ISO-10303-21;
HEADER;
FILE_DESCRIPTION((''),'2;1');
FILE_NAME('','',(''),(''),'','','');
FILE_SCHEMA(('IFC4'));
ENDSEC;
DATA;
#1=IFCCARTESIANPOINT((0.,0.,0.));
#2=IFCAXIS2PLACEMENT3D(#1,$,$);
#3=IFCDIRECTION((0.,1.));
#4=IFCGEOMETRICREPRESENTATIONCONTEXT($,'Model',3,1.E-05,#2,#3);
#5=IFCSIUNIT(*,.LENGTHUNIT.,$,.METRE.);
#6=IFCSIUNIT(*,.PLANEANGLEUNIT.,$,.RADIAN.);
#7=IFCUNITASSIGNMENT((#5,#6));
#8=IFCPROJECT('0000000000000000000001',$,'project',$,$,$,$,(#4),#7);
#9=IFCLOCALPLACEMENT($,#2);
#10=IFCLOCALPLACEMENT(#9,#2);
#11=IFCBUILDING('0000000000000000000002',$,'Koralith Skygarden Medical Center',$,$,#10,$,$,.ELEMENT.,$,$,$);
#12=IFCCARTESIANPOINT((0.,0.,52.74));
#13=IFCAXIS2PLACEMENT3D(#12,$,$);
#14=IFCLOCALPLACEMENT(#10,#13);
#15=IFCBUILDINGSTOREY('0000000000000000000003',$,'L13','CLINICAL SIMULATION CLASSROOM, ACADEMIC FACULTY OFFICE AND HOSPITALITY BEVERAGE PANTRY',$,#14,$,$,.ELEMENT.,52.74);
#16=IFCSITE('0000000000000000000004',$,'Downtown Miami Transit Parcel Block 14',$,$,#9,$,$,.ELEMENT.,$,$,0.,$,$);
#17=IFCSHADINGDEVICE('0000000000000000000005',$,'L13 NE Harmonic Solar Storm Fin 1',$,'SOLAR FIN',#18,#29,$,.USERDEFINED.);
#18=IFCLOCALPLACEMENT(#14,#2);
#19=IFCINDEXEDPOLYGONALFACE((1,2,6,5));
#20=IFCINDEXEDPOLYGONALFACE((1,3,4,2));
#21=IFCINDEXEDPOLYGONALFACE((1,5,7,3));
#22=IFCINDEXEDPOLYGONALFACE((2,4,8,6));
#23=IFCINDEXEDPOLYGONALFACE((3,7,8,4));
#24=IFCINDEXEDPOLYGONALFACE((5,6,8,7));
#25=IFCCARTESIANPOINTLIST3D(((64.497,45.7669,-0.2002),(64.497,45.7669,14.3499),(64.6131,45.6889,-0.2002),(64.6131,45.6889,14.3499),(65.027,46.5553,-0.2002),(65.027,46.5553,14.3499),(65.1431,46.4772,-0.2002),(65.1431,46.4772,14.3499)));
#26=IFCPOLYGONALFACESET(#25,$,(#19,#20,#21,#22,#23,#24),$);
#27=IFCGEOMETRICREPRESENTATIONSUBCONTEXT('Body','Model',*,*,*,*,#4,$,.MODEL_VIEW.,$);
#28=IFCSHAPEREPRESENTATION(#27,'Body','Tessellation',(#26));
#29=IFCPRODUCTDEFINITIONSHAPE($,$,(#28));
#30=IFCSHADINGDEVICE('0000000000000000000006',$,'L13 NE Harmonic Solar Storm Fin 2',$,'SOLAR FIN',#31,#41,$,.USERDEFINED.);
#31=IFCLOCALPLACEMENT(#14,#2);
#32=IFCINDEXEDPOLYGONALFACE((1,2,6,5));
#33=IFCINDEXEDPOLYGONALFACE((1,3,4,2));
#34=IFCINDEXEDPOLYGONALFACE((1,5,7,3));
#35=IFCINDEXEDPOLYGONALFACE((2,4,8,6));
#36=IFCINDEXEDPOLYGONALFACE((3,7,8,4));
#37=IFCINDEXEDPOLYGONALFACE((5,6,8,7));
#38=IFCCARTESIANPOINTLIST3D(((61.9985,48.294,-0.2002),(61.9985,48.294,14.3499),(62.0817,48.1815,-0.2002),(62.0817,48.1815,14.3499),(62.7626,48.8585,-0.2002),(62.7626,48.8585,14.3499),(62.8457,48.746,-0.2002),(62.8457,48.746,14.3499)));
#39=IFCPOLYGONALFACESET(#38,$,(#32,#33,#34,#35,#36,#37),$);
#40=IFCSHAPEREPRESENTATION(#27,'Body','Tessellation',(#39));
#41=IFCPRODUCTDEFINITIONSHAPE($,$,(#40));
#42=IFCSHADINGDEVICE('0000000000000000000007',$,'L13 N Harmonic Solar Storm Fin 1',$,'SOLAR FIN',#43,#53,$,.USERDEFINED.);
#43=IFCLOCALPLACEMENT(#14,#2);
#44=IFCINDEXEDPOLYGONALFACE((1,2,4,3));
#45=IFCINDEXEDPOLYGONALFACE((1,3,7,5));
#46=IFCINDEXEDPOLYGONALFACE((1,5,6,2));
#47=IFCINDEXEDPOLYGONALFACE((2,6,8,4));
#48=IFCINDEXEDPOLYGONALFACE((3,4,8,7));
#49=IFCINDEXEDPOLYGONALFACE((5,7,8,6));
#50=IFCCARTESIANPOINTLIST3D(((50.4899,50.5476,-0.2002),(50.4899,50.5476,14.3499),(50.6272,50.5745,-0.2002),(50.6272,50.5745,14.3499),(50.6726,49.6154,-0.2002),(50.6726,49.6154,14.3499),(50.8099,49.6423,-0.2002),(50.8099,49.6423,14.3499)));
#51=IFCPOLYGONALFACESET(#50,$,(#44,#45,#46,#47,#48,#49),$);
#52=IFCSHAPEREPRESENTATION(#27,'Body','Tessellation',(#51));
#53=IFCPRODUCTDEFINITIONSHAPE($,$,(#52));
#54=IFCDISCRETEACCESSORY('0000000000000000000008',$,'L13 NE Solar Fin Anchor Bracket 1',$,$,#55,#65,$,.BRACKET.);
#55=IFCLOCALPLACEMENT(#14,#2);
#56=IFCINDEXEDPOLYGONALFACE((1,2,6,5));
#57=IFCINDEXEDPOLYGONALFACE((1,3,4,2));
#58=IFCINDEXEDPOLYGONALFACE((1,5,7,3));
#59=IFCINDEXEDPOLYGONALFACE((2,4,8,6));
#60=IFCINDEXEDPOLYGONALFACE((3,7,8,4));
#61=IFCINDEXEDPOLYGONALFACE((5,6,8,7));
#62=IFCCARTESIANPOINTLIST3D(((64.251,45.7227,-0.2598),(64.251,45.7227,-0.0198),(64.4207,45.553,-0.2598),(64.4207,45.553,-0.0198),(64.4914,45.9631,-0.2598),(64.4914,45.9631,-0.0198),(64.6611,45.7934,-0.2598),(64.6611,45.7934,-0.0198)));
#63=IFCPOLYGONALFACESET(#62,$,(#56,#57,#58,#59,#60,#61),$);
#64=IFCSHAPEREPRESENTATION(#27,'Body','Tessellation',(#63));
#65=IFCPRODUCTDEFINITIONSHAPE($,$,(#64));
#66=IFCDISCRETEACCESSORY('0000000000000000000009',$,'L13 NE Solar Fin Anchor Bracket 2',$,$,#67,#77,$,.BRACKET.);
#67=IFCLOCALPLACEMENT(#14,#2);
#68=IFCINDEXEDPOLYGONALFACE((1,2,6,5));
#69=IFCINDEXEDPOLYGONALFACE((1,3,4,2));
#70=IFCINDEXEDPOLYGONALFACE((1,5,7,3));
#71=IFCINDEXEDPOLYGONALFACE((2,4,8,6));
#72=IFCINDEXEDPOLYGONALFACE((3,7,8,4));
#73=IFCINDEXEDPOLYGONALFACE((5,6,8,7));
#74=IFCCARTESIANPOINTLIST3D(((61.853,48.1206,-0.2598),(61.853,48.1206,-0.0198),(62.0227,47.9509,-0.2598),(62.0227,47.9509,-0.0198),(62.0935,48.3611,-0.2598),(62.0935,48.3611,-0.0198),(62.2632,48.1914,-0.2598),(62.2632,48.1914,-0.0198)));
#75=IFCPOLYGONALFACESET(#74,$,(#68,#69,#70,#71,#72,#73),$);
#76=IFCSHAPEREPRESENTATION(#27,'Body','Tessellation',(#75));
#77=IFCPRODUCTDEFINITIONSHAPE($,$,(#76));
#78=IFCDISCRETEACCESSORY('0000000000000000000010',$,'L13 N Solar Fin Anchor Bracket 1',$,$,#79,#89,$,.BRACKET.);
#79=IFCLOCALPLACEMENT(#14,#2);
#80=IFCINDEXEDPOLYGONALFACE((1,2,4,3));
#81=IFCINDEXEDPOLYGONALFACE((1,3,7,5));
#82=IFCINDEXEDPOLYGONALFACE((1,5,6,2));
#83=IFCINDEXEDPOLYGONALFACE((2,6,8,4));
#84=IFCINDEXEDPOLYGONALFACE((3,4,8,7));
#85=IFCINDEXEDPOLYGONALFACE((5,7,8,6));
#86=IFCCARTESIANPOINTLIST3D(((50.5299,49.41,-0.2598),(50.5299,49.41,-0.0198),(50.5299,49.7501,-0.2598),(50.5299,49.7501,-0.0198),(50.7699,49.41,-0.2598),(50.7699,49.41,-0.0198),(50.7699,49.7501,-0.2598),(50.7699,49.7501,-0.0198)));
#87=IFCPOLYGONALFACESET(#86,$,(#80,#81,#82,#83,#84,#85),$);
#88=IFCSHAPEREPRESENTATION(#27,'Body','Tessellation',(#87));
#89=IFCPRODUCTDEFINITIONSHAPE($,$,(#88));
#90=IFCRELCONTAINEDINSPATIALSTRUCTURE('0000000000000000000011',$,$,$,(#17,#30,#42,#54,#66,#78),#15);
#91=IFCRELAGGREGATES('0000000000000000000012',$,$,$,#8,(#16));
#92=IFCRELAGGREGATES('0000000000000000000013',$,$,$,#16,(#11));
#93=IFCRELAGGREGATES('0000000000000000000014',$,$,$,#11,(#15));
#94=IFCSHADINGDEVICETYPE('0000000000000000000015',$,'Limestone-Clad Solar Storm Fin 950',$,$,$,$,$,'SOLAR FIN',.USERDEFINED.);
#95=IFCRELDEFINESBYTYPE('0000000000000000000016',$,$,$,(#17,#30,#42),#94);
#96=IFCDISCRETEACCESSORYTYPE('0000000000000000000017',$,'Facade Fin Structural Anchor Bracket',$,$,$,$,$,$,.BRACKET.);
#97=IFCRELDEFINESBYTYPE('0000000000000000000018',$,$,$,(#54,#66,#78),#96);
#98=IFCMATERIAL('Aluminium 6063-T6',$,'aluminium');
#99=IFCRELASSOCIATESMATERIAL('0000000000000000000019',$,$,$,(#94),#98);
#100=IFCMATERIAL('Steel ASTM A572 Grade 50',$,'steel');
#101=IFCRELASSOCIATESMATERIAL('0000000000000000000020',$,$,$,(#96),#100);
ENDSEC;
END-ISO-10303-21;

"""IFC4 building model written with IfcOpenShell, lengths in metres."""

from ifc_helpers import new_model, si_unit, direction, frame, origin, origin_2d, place, context, subcontext, project, spatial, rectangle, extrude, material, type_object, element, save


model = new_model("IFC4")

# Units and contexts
model_context = context("Model", 3, precision=1e-05, world=origin(), true_north=direction((0.0, 1.0)))
body_context = subcontext(model_context, "Body", "Model", "MODEL_VIEW")
ifc_project = project(units=[si_unit("LENGTHUNIT", "METRE"), si_unit("PLANEANGLEUNIT", "RADIAN")], contexts=[model_context])

# Site, building, storey
site_placement = place(None, origin())
site = spatial("IfcSite", under=ifc_project, at=site_placement, Name="Downtown Miami Transit Parcel Block 14", CompositionType="ELEMENT", RefElevation=0.0)
building_placement = place(site_placement, origin())
building = spatial("IfcBuilding", under=site, at=building_placement, Name="Koralith Skygarden Medical Center", CompositionType="ELEMENT")
storey_placement = place(building_placement, frame((0.0, 0.0, 52.74)))
storey = spatial("IfcBuildingStorey", under=building, at=storey_placement, Name="L13", Description="CLINICAL SIMULATION CLASSROOM, ACADEMIC FACULTY OFFICE AND HOSPITALITY BEVERAGE PANTRY", CompositionType="ELEMENT", Elevation=52.74)

# Shared definitions
ifc_material_1 = material(Name="Aluminium 6063-T6", Category="aluminium")

# Shading devices
shading_device_type = type_object("IfcShadingDeviceType", Name="Limestone-Clad Solar Storm Fin 950", ElementType="SOLAR FIN", PredefinedType="USERDEFINED", material=ifc_material_1)
for number, where, z_axis, x_axis, name in (
    (1, (64.8201, 46.1221, -0.2002), (0.0, 0.0, 1.0), (0.557977, 0.829857, 0.0), "L13 NE Harmonic Solar Storm Fin 1"),
    (2, (62.4221, 48.52, -0.2002), (0.0, 0.0, 1.0), (0.804303, 0.594219, 0.0), "L13 NE Harmonic Solar Storm Fin 2"),
    (3, (50.6499, 50.095, -0.2002), (0.0, 0.0, 1.0), (-0.192248, 0.981346, 0.0), "L13 N Harmonic Solar Storm Fin 1"),
):
    element("IfcShadingDevice", number, at=place(storey_placement, frame(where, z_axis=z_axis, x_axis=x_axis)), inside=storey, type_object=shading_device_type, Name=name, ObjectType="SOLAR FIN", PredefinedType="USERDEFINED", context=body_context, shape_type="SweptSolid", body=[
        extrude(rectangle(XDim=0.95, YDim=0.1399, at=origin_2d()), origin(), (0.0, 0.0, 1.0), 14.55),
    ])

# Discrete accessories
ifc_material_2 = material(Name="Steel ASTM A572 Grade 50", Category="steel")
discrete_accessory_type = type_object("IfcDiscreteAccessoryType", Name="Facade Fin Structural Anchor Bracket", PredefinedType="BRACKET", material=ifc_material_2)
for number, where, z_axis, x_axis, name in (
    (4, (64.4561, 45.7581, -0.2598), (0.0, 0.0, 1.0), (0.707107, 0.707107, 0.0), "L13 NE Solar Fin Anchor Bracket 1"),
    (5, (62.0581, 48.156, -0.2598), (0.0, 0.0, 1.0), (0.707107, 0.707107, 0.0), "L13 NE Solar Fin Anchor Bracket 2"),
    (6, (50.6499, 49.5801, -0.2598), (0.0, 0.0, 1.0), (0.0, 1.0, 0.0), "L13 N Solar Fin Anchor Bracket 1"),
):
    element("IfcDiscreteAccessory", number, at=place(storey_placement, frame(where, z_axis=z_axis, x_axis=x_axis)), inside=storey, type_object=discrete_accessory_type, Name=name, PredefinedType="BRACKET", context=body_context, shape_type="SweptSolid", body=[
        extrude(rectangle(XDim=0.3401, YDim=0.24, at=origin_2d()), origin(), (0.0, 0.0, 1.0), 0.24),
    ])

save(model, "model.ifc")
